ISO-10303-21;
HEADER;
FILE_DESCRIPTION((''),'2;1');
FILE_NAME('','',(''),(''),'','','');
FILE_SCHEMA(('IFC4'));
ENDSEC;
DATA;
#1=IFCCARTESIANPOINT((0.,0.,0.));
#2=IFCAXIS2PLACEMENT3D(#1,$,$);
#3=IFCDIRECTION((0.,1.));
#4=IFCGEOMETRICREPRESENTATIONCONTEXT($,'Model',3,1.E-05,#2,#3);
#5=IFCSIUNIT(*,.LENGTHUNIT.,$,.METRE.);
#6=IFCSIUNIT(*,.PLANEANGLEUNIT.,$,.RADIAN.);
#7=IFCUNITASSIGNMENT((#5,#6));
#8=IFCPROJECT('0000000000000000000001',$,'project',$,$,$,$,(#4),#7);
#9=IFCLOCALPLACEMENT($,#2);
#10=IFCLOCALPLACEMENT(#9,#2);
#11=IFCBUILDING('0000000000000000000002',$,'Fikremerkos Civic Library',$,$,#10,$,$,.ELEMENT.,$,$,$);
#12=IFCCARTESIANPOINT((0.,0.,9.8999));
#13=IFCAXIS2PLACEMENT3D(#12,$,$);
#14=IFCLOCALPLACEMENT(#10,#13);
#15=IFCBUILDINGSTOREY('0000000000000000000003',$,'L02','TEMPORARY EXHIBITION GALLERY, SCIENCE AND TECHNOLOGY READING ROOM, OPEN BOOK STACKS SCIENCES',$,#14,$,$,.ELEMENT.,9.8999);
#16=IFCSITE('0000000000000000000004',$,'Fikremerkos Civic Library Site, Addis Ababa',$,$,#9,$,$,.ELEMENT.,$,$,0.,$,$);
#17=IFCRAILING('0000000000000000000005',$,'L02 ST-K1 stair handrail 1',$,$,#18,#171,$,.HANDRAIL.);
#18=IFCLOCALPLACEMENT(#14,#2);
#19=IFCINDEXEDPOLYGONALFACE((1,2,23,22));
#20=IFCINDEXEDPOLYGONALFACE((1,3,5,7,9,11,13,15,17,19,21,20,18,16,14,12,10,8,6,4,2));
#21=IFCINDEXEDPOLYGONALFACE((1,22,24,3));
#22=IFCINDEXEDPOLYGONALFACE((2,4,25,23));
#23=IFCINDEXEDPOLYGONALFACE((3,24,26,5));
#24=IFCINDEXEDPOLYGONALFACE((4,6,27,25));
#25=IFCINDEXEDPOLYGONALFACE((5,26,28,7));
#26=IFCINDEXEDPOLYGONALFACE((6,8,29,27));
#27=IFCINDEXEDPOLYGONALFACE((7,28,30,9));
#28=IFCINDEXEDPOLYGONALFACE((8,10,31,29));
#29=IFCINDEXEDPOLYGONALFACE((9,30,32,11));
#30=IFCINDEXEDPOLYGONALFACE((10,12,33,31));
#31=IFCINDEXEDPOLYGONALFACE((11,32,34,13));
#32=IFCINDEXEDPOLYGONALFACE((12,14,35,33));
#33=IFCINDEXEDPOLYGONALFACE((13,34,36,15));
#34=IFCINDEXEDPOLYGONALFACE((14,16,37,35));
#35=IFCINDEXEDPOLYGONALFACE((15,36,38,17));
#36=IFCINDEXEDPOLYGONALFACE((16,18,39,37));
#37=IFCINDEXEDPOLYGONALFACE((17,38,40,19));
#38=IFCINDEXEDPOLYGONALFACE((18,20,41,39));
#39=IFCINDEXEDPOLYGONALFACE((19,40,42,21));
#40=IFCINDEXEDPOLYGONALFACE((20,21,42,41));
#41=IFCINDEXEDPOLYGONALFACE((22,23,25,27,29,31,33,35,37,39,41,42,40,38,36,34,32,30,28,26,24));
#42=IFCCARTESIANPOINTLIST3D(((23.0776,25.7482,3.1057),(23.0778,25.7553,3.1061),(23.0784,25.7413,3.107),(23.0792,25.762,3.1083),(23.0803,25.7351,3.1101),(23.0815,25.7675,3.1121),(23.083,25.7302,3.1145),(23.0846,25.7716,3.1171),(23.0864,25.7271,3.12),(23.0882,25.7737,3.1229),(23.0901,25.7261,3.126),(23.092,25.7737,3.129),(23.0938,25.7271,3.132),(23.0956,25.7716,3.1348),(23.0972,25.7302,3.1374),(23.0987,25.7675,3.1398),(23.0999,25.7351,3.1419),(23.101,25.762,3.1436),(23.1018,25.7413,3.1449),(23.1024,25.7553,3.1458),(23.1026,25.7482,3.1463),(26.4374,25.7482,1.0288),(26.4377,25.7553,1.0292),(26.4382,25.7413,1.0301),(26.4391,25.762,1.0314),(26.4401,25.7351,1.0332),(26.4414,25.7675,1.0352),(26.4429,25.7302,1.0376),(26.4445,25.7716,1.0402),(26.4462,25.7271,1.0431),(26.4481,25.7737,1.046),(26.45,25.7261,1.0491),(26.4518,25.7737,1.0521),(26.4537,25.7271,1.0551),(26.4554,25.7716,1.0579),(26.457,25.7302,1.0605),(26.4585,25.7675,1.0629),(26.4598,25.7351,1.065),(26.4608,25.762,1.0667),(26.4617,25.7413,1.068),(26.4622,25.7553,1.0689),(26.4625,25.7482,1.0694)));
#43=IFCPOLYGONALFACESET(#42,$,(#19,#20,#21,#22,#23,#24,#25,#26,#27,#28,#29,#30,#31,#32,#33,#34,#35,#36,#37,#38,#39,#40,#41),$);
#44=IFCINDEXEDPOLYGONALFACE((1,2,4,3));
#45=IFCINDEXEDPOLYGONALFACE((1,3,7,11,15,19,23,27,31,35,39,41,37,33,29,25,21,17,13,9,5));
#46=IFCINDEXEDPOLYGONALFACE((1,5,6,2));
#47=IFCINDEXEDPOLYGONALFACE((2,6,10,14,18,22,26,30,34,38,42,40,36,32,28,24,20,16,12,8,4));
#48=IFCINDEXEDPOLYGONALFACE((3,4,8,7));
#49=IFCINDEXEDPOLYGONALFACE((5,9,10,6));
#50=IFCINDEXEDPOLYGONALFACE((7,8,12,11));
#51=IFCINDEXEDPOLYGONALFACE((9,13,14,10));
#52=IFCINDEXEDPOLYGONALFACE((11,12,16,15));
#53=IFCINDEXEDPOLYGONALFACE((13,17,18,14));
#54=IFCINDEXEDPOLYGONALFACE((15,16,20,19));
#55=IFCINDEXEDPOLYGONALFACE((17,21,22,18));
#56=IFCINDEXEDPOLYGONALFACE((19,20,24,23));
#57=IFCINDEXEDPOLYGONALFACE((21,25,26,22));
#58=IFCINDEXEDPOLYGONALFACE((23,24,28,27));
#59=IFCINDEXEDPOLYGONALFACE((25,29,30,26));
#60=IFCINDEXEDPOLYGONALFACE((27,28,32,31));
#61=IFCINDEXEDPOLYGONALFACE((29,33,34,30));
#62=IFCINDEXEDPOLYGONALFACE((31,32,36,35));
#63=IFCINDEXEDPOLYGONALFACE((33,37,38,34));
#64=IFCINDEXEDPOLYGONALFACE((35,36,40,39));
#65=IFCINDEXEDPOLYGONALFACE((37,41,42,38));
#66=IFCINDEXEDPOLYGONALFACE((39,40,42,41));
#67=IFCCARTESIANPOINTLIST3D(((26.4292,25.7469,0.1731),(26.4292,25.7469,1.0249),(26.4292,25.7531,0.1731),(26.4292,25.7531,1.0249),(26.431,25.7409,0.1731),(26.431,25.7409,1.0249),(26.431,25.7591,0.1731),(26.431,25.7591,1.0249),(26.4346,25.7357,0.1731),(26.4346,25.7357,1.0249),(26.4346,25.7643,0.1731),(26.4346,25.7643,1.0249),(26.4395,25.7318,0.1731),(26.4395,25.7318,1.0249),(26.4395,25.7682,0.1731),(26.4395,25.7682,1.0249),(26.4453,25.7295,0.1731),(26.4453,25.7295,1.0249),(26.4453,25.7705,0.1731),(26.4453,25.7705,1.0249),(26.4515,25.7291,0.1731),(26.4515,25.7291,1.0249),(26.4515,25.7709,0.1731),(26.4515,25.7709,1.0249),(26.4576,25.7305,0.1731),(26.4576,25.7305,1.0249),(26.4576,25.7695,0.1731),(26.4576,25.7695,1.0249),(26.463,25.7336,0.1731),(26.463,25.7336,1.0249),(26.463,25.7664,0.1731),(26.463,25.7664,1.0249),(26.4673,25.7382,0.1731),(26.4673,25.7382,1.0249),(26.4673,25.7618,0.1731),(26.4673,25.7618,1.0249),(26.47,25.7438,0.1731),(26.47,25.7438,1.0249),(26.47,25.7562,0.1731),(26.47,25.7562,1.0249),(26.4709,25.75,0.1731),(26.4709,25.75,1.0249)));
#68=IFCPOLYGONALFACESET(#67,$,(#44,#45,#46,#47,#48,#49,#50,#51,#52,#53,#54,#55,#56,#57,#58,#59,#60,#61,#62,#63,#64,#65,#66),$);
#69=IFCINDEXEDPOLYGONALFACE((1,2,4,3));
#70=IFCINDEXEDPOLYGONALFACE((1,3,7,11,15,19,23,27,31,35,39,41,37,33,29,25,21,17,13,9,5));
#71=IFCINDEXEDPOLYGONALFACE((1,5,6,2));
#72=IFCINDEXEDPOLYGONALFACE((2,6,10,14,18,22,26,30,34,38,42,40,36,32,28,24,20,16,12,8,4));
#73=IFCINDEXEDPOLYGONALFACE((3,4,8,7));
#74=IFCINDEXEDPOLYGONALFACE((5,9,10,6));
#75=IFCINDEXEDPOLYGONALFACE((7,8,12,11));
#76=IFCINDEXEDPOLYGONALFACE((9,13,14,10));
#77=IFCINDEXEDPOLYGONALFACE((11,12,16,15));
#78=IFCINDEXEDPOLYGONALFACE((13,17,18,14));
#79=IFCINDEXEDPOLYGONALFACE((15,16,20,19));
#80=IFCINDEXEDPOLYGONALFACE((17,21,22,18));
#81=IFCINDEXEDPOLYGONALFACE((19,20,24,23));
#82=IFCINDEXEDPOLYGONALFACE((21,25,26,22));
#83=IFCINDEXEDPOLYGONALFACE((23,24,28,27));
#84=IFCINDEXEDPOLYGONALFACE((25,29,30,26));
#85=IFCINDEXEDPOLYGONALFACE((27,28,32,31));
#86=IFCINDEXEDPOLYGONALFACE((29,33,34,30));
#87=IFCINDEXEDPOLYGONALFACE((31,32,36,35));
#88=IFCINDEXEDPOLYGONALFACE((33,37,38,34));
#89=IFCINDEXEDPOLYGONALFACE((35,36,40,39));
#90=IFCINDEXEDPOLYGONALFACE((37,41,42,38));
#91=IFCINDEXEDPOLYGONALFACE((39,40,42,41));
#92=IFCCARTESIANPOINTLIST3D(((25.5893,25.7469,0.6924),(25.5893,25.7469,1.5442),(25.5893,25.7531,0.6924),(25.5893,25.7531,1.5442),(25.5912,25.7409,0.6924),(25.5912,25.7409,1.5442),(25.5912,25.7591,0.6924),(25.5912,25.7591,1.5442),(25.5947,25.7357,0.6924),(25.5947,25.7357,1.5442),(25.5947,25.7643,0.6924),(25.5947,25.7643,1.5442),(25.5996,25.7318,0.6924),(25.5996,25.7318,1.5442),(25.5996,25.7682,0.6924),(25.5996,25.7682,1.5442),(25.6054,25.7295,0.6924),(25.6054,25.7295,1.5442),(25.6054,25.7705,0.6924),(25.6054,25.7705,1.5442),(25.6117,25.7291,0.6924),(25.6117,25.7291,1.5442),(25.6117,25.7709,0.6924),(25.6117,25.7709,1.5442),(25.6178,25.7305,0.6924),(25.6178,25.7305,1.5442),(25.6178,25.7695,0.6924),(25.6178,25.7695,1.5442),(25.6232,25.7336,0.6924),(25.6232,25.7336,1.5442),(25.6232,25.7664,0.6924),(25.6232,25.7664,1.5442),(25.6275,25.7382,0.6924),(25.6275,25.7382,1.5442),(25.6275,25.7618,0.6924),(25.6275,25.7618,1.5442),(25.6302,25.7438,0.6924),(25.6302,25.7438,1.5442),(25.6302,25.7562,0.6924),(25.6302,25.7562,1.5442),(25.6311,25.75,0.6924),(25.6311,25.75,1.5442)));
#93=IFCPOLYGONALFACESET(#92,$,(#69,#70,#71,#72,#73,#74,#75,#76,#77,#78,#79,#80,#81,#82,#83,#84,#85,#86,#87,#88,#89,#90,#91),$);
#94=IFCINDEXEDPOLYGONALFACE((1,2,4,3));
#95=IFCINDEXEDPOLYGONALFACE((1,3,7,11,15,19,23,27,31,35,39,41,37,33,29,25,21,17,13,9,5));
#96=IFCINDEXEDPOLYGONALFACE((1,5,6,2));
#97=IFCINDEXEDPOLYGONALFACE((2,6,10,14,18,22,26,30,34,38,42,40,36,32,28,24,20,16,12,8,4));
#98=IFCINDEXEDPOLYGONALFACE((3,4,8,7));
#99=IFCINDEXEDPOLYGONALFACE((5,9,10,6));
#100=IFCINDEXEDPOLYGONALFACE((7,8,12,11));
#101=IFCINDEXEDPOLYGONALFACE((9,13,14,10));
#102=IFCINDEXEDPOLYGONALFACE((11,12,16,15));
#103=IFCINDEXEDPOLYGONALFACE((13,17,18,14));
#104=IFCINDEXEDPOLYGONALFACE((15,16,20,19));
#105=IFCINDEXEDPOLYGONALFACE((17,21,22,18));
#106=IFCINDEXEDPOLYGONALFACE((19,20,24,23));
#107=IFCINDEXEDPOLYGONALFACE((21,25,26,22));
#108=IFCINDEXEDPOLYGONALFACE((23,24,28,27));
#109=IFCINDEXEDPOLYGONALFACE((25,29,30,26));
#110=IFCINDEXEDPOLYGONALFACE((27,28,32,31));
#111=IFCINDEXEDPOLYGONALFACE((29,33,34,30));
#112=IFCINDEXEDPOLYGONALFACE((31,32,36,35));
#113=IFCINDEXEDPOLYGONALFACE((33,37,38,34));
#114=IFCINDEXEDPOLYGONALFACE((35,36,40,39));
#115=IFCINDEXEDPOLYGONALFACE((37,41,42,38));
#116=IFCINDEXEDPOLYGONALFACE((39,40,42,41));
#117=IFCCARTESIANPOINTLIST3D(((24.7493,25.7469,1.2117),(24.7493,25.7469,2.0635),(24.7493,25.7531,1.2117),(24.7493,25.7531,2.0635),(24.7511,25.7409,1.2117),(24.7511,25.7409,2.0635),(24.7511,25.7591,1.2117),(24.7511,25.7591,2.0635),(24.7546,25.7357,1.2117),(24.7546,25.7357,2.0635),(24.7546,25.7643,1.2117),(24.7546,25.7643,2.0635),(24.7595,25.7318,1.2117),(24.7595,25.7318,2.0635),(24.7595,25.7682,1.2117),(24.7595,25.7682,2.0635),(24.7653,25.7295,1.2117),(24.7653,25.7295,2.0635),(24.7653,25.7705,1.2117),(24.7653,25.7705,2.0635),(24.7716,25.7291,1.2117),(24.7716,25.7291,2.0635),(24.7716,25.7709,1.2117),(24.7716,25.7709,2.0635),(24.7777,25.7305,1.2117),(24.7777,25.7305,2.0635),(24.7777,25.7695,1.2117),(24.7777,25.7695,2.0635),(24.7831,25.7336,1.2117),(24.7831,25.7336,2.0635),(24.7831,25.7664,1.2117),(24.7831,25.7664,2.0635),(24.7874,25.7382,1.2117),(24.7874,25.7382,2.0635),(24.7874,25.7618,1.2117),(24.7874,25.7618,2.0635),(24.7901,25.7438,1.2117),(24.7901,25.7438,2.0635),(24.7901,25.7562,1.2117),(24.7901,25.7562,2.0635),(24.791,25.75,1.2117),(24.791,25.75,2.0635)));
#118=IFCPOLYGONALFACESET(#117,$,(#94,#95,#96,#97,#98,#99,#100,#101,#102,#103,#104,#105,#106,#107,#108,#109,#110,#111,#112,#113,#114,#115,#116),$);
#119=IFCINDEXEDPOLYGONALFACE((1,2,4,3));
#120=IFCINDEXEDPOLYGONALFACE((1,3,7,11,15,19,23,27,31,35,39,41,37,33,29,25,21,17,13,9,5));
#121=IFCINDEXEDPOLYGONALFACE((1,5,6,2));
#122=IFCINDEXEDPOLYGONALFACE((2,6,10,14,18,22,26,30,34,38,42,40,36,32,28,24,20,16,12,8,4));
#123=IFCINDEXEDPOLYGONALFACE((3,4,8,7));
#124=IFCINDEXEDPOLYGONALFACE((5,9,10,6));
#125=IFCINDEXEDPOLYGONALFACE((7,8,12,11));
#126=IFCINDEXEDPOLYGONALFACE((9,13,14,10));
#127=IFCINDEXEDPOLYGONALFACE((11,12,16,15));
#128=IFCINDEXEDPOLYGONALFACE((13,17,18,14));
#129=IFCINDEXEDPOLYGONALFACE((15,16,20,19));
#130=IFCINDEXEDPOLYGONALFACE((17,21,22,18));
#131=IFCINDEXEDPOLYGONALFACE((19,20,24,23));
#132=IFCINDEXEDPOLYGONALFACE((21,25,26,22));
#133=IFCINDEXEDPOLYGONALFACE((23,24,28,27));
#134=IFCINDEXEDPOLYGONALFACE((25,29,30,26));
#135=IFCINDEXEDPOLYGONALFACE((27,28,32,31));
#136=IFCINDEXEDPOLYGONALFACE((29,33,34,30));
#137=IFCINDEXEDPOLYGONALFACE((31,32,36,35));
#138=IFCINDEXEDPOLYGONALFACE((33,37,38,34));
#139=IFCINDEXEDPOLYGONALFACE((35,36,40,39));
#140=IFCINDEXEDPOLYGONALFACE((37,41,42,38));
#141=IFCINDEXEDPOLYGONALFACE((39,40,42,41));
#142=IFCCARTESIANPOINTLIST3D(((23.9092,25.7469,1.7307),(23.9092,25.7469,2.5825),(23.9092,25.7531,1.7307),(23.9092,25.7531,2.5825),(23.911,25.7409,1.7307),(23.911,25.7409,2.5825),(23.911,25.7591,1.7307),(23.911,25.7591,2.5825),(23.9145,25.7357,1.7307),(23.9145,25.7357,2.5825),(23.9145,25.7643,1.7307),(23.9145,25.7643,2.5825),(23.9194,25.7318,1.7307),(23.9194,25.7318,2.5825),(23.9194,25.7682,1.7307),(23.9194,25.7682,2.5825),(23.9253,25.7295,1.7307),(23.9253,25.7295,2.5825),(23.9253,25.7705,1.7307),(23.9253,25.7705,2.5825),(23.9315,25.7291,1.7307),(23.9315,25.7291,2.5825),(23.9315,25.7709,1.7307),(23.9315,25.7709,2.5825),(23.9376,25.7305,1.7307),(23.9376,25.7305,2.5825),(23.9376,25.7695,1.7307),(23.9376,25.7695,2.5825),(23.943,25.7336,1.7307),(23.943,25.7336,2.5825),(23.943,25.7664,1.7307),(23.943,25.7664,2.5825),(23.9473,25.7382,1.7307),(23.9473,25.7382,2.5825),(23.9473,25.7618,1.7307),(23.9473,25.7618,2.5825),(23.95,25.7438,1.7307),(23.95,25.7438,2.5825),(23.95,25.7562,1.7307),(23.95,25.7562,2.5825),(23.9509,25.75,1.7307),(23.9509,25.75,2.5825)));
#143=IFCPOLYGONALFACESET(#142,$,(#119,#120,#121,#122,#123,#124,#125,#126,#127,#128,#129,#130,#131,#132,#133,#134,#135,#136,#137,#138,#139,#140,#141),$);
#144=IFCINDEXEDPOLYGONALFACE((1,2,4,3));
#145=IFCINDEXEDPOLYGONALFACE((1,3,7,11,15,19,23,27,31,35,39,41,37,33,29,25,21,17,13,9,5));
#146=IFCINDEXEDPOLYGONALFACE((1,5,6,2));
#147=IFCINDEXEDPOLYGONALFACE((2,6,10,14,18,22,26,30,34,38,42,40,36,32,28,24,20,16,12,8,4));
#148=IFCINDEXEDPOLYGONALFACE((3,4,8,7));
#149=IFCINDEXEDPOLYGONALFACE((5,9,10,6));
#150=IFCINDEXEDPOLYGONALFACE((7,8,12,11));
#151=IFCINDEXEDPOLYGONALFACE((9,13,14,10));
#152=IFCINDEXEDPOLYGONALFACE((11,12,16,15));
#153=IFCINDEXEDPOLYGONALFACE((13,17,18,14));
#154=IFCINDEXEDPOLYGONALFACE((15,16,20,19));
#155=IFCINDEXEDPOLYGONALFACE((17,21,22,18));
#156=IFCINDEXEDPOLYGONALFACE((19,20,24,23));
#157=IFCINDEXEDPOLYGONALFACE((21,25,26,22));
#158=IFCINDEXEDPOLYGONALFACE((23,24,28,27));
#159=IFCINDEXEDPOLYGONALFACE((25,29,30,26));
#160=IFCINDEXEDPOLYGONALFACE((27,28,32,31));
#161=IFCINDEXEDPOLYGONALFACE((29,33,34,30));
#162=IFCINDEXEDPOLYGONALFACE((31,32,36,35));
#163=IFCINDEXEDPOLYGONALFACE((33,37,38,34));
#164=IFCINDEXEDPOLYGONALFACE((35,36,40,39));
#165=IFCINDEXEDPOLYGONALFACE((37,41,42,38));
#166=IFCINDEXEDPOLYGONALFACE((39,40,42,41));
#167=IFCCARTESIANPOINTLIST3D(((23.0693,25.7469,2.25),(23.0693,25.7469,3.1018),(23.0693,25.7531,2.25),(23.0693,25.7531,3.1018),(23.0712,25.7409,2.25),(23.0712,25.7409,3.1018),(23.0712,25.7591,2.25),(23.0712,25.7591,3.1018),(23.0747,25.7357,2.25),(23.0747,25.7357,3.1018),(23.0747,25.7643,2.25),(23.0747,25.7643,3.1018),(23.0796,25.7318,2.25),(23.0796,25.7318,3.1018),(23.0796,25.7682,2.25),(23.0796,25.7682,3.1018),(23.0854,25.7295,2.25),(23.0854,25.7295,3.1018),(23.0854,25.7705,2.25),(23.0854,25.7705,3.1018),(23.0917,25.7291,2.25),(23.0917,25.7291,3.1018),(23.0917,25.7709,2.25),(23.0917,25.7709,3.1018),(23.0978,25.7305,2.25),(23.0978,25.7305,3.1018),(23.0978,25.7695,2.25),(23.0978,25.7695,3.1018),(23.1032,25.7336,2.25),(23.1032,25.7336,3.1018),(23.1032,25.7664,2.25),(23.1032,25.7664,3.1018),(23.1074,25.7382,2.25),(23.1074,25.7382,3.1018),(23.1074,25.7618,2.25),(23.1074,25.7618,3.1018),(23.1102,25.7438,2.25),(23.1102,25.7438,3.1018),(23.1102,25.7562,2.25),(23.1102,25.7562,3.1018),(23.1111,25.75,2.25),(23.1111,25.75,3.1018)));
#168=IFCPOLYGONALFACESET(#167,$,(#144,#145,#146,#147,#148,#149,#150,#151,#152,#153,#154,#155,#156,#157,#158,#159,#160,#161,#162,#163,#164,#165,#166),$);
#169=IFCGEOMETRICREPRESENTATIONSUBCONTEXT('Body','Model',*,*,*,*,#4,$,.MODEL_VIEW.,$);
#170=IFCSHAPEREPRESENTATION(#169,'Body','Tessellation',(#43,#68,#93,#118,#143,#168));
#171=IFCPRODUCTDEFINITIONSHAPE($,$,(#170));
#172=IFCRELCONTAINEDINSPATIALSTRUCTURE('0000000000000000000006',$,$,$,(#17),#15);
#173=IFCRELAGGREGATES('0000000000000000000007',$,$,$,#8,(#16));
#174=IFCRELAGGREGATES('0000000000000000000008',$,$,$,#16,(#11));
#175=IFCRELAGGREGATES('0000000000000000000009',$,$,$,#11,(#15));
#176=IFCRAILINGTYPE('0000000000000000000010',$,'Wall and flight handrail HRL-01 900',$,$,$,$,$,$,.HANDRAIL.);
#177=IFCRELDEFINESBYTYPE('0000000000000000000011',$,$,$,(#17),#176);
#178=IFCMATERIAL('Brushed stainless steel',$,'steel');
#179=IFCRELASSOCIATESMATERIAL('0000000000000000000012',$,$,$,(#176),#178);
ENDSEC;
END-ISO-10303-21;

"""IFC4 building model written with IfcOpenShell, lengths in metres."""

from ifc_helpers import new_model, si_unit, direction, frame, origin, origin_2d, place, context, subcontext, project, spatial, circle, extrude, material, type_object, element, save


model = new_model("IFC4")

# Units and contexts
model_context = context("Model", 3, precision=1e-05, world=origin(), true_north=direction((0.0, 1.0)))
body_context = subcontext(model_context, "Body", "Model", "MODEL_VIEW")
ifc_project = project(units=[si_unit("LENGTHUNIT", "METRE"), si_unit("PLANEANGLEUNIT", "RADIAN")], contexts=[model_context])

# Site, building, storey
site_placement = place(None, origin())
site = spatial("IfcSite", under=ifc_project, at=site_placement, Name="Fikremerkos Civic Library Site, Addis Ababa", CompositionType="ELEMENT", RefElevation=0.0)
building_placement = place(site_placement, origin())
building = spatial("IfcBuilding", under=site, at=building_placement, Name="Fikremerkos Civic Library", CompositionType="ELEMENT")
storey_placement = place(building_placement, frame((0.0, 0.0, 9.8999)))
storey = spatial("IfcBuildingStorey", under=building, at=storey_placement, Name="L02", Description="TEMPORARY EXHIBITION GALLERY, SCIENCE AND TECHNOLOGY READING ROOM, OPEN BOOK STACKS SCIENCES", CompositionType="ELEMENT", Elevation=9.8999)

# Shared definitions
ifc_material_1 = material(Name="Brushed stainless steel", Category="steel")

# Railing
railing_type_1 = type_object("IfcRailingType", Name="Wall and flight handrail HRL-01 900", PredefinedType="HANDRAIL", material=ifc_material_1)
railing_1_placement = place(storey_placement, frame((26.45, 25.75, 0.1731)))
element("IfcRailing", 1, at=railing_1_placement, inside=storey, type_object=railing_type_1, Name="L02 ST-K1 stair handrail 1", PredefinedType="HANDRAIL", context=body_context, shape_type="SweptSolid", body=[
    extrude(circle(Radius=0.0239, at=origin_2d()), frame((0.0, 0.0, 0.876), z_axis=(-0.850606, 0.0, 0.525803), x_axis=(0.0, -1.0, 0.0)), (0.0, 0.0, 1.0), 3.95),
    extrude(circle(Radius=0.021, at=origin_2d()), origin(), (0.0, 0.0, 1.0), 0.8518),
    extrude(circle(Radius=0.021, at=origin_2d()), frame((-0.8398, 0.0, 0.5193)), (0.0, 0.0, 1.0), 0.8518),
    extrude(circle(Radius=0.021, at=origin_2d()), frame((-1.6799, 0.0, 1.0386)), (0.0, 0.0, 1.0), 0.8518),
    extrude(circle(Radius=0.021, at=origin_2d()), frame((-2.52, 0.0, 1.5576)), (0.0, 0.0, 1.0), 0.8518),
    extrude(circle(Radius=0.021, at=origin_2d()), frame((-3.3599, 0.0, 2.0769)), (0.0, 0.0, 1.0), 0.8518),
])

save(model, "model.ifc")
